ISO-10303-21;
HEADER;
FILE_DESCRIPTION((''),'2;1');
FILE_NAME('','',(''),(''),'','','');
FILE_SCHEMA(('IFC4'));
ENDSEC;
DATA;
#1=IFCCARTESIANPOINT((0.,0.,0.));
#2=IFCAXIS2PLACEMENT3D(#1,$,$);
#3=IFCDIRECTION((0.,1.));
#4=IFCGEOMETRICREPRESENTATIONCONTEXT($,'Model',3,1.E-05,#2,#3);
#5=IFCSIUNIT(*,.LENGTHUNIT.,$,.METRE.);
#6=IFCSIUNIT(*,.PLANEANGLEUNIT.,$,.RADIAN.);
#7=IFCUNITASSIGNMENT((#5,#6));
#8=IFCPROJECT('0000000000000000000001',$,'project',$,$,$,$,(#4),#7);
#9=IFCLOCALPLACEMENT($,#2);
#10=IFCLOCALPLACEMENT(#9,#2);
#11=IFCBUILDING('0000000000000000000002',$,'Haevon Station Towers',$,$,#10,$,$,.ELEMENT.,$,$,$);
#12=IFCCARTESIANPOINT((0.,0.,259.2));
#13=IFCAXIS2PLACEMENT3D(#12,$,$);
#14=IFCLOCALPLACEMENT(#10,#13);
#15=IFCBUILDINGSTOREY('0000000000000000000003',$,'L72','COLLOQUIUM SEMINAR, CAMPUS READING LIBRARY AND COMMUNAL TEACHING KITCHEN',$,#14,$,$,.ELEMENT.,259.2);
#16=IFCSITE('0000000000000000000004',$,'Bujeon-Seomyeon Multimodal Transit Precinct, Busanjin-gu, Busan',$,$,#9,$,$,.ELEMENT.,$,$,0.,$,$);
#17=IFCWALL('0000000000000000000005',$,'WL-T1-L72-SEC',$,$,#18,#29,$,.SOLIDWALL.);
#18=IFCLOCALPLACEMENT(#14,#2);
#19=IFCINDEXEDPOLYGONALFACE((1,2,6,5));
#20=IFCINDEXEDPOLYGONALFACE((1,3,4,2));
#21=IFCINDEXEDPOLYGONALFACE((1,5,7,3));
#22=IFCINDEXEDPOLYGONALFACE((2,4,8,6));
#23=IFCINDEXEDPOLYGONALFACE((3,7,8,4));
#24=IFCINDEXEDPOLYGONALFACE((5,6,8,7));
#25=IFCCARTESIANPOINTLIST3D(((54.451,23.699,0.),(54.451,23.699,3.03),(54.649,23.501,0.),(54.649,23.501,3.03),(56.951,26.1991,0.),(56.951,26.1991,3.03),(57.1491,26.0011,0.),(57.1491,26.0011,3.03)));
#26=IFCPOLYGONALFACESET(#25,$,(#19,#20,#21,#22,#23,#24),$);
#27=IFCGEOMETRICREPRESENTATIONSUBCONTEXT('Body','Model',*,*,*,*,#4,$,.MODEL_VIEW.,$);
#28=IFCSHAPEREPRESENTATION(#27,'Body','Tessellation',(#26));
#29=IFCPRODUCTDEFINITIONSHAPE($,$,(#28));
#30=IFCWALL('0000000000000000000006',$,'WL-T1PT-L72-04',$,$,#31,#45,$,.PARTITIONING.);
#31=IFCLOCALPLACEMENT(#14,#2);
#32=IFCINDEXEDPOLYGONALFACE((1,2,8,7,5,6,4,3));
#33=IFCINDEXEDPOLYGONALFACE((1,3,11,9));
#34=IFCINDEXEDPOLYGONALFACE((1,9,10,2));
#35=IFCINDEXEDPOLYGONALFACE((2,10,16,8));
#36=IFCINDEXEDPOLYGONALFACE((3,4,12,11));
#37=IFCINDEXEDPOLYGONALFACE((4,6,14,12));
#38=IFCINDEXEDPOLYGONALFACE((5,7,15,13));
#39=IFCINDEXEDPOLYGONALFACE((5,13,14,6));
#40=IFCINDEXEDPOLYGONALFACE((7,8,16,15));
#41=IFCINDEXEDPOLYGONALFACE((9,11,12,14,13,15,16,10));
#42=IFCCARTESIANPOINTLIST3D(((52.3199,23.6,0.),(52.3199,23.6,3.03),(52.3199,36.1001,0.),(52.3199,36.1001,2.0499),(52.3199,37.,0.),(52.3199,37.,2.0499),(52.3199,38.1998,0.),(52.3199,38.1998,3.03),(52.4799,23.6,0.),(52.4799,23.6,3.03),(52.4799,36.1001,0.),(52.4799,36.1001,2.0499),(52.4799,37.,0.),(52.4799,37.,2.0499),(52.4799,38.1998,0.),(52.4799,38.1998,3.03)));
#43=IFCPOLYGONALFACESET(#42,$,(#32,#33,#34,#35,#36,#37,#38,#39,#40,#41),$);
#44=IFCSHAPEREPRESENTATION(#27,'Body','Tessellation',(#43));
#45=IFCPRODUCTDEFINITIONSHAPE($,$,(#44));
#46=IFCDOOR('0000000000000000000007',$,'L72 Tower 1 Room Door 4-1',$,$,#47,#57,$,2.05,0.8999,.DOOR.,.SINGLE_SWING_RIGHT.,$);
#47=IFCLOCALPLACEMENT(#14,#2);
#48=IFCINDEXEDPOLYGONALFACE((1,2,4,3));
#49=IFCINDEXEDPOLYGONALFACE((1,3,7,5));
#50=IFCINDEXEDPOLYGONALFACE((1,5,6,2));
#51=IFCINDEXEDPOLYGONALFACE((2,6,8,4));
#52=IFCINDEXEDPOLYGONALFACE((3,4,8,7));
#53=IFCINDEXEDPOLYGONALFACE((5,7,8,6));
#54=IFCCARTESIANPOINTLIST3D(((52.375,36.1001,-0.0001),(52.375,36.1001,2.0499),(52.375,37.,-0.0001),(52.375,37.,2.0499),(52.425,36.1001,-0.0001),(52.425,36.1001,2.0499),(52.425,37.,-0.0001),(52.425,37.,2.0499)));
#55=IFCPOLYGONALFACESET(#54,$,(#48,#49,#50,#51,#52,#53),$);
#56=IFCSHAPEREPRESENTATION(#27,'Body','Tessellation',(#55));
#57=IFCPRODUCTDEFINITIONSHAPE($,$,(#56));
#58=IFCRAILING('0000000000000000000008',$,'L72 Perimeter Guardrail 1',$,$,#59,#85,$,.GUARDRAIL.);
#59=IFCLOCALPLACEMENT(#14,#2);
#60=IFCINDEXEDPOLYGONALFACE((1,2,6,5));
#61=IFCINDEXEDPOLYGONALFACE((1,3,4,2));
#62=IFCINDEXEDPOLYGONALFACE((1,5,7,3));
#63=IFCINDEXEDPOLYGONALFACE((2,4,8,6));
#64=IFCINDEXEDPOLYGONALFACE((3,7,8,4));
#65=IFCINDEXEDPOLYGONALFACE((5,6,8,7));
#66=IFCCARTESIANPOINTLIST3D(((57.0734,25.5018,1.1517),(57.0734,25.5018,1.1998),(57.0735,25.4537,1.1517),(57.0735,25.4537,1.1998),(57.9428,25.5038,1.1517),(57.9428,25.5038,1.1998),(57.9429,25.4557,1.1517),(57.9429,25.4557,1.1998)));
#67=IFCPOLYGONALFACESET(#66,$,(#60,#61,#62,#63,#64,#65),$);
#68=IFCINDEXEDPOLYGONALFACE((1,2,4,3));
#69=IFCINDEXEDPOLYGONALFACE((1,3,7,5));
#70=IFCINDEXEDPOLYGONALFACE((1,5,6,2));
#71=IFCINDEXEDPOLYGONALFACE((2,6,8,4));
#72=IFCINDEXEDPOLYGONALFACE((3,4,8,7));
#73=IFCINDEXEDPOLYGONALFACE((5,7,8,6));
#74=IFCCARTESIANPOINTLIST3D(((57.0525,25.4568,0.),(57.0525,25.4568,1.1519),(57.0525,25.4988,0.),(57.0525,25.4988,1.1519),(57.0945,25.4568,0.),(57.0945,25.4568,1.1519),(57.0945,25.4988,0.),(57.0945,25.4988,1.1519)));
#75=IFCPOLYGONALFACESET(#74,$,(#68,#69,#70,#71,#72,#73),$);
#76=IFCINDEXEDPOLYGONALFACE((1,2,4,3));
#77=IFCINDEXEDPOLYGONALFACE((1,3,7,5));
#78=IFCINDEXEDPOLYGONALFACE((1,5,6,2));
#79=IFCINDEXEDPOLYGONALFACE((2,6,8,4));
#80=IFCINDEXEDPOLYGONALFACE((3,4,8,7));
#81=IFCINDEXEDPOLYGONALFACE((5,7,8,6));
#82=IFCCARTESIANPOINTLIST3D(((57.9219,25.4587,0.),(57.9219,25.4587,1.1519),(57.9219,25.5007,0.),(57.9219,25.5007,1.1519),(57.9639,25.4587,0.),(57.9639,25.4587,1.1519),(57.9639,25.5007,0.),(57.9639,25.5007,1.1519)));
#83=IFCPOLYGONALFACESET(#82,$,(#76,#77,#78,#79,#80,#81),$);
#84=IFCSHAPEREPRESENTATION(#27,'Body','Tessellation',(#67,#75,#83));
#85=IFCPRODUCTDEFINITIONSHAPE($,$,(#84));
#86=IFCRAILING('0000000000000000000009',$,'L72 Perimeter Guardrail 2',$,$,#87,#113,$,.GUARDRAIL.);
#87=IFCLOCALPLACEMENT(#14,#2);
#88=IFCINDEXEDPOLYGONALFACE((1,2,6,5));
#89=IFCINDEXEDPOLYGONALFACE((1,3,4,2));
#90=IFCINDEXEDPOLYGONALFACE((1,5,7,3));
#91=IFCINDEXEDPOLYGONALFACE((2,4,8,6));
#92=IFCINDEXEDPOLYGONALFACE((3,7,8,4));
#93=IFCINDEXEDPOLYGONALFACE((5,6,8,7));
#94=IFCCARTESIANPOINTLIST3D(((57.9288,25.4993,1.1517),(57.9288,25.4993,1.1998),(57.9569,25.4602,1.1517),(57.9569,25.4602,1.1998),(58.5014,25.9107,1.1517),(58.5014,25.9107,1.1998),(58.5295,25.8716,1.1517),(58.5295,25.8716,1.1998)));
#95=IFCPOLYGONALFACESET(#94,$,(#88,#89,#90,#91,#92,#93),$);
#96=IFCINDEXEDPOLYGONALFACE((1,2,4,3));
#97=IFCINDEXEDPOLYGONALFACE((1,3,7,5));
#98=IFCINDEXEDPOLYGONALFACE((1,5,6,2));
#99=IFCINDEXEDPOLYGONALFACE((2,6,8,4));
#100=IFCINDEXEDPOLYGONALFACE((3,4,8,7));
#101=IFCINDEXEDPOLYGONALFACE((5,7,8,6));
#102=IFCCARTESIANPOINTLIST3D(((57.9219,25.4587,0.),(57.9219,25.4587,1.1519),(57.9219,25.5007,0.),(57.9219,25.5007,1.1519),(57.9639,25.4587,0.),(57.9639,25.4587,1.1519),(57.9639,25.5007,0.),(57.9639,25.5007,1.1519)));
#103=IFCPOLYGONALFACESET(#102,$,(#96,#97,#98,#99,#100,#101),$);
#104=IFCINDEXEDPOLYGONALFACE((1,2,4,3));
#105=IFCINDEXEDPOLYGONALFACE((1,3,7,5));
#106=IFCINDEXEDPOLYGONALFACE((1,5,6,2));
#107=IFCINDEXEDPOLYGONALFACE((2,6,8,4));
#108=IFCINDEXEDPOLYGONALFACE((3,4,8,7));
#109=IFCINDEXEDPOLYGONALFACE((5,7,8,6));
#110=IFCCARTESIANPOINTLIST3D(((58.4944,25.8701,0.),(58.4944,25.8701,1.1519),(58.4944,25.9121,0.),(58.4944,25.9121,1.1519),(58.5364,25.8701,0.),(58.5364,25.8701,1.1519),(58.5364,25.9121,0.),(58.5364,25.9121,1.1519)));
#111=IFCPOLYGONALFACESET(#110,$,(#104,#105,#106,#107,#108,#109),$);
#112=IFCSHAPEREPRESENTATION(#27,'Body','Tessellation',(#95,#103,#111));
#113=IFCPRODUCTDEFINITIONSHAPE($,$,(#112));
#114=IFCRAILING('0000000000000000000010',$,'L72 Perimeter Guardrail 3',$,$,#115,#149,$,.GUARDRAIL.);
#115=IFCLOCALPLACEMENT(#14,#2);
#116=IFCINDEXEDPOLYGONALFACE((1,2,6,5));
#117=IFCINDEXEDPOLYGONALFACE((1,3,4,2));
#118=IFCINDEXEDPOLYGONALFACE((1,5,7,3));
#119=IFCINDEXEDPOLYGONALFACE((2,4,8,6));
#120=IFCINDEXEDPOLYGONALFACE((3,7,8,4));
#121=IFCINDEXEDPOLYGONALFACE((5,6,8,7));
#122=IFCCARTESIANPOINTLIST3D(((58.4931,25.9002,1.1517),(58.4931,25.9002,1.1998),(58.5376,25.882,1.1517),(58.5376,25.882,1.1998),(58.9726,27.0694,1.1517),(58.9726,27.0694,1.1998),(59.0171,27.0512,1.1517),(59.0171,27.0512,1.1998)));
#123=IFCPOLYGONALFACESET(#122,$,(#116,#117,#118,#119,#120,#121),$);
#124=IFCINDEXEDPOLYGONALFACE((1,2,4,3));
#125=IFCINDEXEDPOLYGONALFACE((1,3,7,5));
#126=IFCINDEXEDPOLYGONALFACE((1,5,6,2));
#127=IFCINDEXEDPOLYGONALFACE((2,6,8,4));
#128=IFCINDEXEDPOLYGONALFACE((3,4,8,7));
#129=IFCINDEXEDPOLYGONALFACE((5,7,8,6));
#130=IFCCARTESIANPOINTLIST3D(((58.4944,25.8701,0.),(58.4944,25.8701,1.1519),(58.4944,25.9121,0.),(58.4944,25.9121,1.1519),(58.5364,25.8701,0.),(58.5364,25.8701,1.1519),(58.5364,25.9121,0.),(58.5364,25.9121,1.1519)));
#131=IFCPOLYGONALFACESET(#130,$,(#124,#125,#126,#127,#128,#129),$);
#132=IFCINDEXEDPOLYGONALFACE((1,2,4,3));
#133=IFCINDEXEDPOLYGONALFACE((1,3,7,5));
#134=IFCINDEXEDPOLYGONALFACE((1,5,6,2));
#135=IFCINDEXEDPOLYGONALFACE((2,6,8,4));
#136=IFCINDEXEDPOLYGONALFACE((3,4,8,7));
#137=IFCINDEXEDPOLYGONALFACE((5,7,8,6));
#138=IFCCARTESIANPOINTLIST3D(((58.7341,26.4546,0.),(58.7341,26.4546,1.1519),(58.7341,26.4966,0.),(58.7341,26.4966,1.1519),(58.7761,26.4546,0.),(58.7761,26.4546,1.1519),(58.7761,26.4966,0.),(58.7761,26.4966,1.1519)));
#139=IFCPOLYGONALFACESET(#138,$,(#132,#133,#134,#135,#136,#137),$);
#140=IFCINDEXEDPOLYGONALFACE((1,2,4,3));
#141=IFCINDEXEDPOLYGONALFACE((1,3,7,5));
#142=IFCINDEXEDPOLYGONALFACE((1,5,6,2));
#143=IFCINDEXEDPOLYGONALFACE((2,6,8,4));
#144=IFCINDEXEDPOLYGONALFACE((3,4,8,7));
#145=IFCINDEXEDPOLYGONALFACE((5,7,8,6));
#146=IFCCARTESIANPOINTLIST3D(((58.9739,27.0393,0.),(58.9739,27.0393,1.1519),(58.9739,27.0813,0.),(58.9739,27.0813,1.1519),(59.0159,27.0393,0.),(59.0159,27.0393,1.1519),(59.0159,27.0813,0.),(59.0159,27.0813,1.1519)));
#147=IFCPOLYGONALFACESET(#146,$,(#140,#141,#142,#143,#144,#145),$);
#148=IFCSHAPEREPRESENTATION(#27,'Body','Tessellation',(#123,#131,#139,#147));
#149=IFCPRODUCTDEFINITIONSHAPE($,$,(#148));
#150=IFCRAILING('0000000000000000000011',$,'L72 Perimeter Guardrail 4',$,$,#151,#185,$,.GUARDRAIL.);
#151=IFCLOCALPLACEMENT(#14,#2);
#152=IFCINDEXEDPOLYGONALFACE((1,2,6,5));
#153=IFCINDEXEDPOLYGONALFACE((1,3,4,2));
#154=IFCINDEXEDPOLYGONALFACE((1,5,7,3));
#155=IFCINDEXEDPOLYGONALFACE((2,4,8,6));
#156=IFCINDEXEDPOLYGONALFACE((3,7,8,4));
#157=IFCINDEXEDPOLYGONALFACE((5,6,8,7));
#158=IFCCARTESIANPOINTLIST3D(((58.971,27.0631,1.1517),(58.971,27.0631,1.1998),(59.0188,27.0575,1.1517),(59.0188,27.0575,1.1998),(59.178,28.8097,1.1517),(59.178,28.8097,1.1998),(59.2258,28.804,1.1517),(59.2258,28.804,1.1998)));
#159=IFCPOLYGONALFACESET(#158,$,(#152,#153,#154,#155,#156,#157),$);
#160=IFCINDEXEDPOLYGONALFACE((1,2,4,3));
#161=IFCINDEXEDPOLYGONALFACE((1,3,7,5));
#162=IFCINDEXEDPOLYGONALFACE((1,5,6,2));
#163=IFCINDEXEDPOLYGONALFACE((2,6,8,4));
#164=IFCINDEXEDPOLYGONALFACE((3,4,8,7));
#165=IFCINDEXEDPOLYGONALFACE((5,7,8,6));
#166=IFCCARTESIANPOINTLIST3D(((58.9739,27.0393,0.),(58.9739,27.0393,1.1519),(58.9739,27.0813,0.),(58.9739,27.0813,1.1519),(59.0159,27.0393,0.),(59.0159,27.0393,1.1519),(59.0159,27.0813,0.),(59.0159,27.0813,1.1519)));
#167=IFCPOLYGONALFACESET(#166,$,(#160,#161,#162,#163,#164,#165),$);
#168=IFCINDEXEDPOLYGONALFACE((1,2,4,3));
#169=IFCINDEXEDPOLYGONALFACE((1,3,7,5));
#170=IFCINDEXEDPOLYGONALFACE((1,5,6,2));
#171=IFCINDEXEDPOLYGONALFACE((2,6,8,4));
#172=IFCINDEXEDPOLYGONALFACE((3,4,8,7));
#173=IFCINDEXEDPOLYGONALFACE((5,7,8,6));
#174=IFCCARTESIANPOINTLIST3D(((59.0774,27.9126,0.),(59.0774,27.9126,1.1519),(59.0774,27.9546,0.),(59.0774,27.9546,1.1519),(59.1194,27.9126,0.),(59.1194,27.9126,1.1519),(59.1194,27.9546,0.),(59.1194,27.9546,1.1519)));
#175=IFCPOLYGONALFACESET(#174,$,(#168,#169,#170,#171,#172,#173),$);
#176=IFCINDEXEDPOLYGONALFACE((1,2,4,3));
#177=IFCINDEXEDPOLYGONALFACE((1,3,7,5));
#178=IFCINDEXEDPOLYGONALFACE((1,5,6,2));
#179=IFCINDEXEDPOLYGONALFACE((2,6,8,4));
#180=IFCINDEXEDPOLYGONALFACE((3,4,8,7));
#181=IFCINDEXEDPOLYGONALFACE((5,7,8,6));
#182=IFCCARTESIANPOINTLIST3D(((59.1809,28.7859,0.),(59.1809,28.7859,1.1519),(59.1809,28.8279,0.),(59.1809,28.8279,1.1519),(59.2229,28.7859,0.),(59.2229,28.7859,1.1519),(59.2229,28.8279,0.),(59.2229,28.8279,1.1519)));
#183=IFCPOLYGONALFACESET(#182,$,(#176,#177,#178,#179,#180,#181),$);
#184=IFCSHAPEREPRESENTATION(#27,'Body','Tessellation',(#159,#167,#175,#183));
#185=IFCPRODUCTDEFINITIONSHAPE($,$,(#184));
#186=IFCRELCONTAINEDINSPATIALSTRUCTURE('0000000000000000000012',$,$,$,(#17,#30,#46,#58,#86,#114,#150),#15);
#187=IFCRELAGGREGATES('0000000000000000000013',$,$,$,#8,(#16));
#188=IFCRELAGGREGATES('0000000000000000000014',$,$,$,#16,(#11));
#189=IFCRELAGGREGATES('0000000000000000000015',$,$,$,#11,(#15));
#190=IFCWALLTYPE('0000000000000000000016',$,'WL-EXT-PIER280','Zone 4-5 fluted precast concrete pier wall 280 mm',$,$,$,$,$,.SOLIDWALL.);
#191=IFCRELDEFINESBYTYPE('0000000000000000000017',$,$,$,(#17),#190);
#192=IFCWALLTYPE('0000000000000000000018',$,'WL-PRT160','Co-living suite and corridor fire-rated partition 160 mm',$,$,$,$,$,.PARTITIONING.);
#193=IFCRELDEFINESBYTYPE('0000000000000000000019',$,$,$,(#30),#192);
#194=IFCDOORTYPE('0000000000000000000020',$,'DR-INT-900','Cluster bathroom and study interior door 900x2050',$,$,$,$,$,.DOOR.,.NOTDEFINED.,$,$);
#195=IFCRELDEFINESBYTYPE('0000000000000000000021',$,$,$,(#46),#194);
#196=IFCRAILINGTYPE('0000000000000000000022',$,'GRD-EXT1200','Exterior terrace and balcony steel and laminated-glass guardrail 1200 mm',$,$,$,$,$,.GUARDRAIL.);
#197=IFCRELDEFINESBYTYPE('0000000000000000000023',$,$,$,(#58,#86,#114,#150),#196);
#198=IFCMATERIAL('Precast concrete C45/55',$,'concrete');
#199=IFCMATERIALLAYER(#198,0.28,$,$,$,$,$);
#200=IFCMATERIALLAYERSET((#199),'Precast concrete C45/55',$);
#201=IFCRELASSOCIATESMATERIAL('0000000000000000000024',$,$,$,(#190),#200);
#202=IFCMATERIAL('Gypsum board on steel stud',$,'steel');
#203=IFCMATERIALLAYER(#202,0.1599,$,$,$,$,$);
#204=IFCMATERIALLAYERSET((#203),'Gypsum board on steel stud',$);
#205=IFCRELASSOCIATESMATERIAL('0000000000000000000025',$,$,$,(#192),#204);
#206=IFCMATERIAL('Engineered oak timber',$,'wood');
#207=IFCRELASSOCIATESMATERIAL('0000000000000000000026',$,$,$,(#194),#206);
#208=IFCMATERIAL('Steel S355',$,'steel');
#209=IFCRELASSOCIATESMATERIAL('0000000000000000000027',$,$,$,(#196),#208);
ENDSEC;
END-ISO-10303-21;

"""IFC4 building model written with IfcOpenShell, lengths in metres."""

from ifc_helpers import new_model, si_unit, direction, frame, frame_2d, origin, origin_2d, place, context, subcontext, project, spatial, rectangle, extrude, material, layer, layer_set, type_object, element, fill, save


model = new_model("IFC4")

# Units and contexts
model_context = context("Model", 3, precision=1e-05, world=origin(), true_north=direction((0.0, 1.0)))
body_context = subcontext(model_context, "Body", "Model", "MODEL_VIEW")
ifc_project = project(units=[si_unit("LENGTHUNIT", "METRE"), si_unit("PLANEANGLEUNIT", "RADIAN")], contexts=[model_context])

# Site, building, storey
site_placement = place(None, origin())
site = spatial("IfcSite", under=ifc_project, at=site_placement, Name="Bujeon-Seomyeon Multimodal Transit Precinct, Busanjin-gu, Busan", CompositionType="ELEMENT", RefElevation=0.0)
building_placement = place(site_placement, origin())
building = spatial("IfcBuilding", under=site, at=building_placement, Name="Haevon Station Towers", CompositionType="ELEMENT")
storey_placement = place(building_placement, frame((0.0, 0.0, 259.2)))
storey = spatial("IfcBuildingStorey", under=building, at=storey_placement, Name="L72", Description="COLLOQUIUM SEMINAR, CAMPUS READING LIBRARY AND COMMUNAL TEACHING KITCHEN", CompositionType="ELEMENT", Elevation=259.2)

# Shared definitions
ifc_material_1 = material(Name="Steel S355", Category="steel")

# Shared definitions
ifc_material_2 = material(Name="Precast concrete C45/55", Category="concrete")
ifc_layer_1 = layer(ifc_material_2, 0.28)
ifc_layer_set_1 = layer_set([ifc_layer_1], Name="Precast concrete C45/55")
wall_type_1 = type_object("IfcWallType", Name="WL-EXT-PIER280", Description="Zone 4-5 fluted precast concrete pier wall 280 mm", PredefinedType="SOLIDWALL", material=ifc_layer_set_1)

# Wall
wall_1_placement = place(storey_placement, frame((57.05, 26.1001, 0.0), z_axis=(0.0, 0.0, 1.0), x_axis=(-0.707107, -0.707107, 0.0)))
element("IfcWall", 1, at=wall_1_placement, inside=storey, type_object=wall_type_1, Name="WL-T1-L72-SEC", PredefinedType="SOLIDWALL", context=body_context, shape_type="SweptSolid", body=[
    extrude(rectangle(XDim=3.5356, YDim=0.28, at=frame_2d((1.7678, 0.0))), origin(), (0.0, 0.0, 1.0), 3.03),
])

# Wall, opening, door
ifc_material_3 = material(Name="Gypsum board on steel stud", Category="steel")
ifc_layer_2 = layer(ifc_material_3, 0.1599)
ifc_layer_set_2 = layer_set([ifc_layer_2], Name="Gypsum board on steel stud")
wall_type_2 = type_object("IfcWallType", Name="WL-PRT160", Description="Co-living suite and corridor fire-rated partition 160 mm", PredefinedType="PARTITIONING", material=ifc_layer_set_2)
wall_2_placement = place(storey_placement, frame((52.3999, 23.6001, 0.0), z_axis=(0.0, 0.0, 1.0), x_axis=(0.0, 1.0, 0.0)))
wall_2 = element("IfcWall", 2, at=wall_2_placement, inside=storey, type_object=wall_type_2, Name="WL-T1PT-L72-04", PredefinedType="PARTITIONING", context=body_context, shape_type="SweptSolid", body=[
    extrude(rectangle(XDim=14.5999, YDim=0.1599, at=frame_2d((7.2998, 0.0))), origin(), (0.0, 0.0, 1.0), 3.03),
])
opening_1_placement = place(wall_2_placement, frame((12.5, 0.0, 0.0)))
opening_1 = element("IfcOpeningElement", 3, at=opening_1_placement, cuts=wall_2, PredefinedType="OPENING", context=body_context, shape_type="SweptSolid", body=[
    extrude(rectangle(XDim=0.8999, YDim=2.05, at=frame_2d((0.45, 1.0249))), frame((0.0, 0.0898, 0.0), z_axis=(0.0, -1.0, 0.0), x_axis=(1.0, 0.0, 0.0)), (0.0, 0.0, 1.0), 0.1799),
])
ifc_material_4 = material(Name="Engineered oak timber", Category="wood")
door_type_1 = type_object("IfcDoorType", Name="DR-INT-900", Description="Cluster bathroom and study interior door 900x2050", OperationType="NOTDEFINED", PredefinedType="DOOR", material=ifc_material_4)
door_1_placement = place(opening_1_placement, origin())
door_1 = element("IfcDoor", 4, at=door_1_placement, inside=storey, type_object=door_type_1, Name="L72 Tower 1 Room Door 4-1", OperationType="SINGLE_SWING_RIGHT", OverallHeight=2.05, OverallWidth=0.8999, PredefinedType="DOOR", context=body_context, shape_type="SweptSolid", body=[
    extrude(rectangle(XDim=0.8999, YDim=2.05, at=frame_2d((0.45, 1.0249))), frame((0.0, 0.0249, 0.0), z_axis=(0.0, -1.0, 0.0), x_axis=(1.0, 0.0, 0.0)), (0.0, 0.0, 1.0), 0.05),
])
fill(opening_1, door_1)

# Railings
railing_type = type_object("IfcRailingType", Name="GRD-EXT1200", Description="Exterior terrace and balcony steel and laminated-glass guardrail 1200 mm", PredefinedType="GUARDRAIL", material=ifc_material_1)
railing_1_placement = place(storey_placement, frame((57.0735, 25.4778, 0.0)))
element("IfcRailing", 5, at=railing_1_placement, inside=storey, type_object=railing_type, Name="L72 Perimeter Guardrail 1", PredefinedType="GUARDRAIL", context=body_context, shape_type="SweptSolid", body=[
    extrude(rectangle(XDim=0.0481, YDim=0.0481, at=origin_2d()), frame((0.0, 0.0, 1.1758), z_axis=(0.999997, 0.002247, 0.0), x_axis=(-0.002247, 0.999997, 0.0)), (0.0, 0.0, 1.0), 0.8694),
    extrude(rectangle(XDim=0.042, YDim=0.042, at=origin_2d()), origin(), (0.0, 0.0, 1.0), 1.1519),
    extrude(rectangle(XDim=0.042, YDim=0.042, at=origin_2d()), frame((0.8694, 0.002, 0.0)), (0.0, 0.0, 1.0), 1.1519),
])
railing_2_placement = place(storey_placement, frame((57.9429, 25.4797, 0.0)))
element("IfcRailing", 6, at=railing_2_placement, inside=storey, type_object=railing_type, Name="L72 Perimeter Guardrail 2", PredefinedType="GUARDRAIL", context=body_context, shape_type="SweptSolid", body=[
    extrude(rectangle(XDim=0.0481, YDim=0.0481, at=origin_2d()), frame((0.0, 0.0, 1.1758), z_axis=(0.812092, 0.583529, 0.0), x_axis=(-0.583529, 0.812092, 0.0)), (0.0, 0.0, 1.0), 0.7051),
    extrude(rectangle(XDim=0.042, YDim=0.042, at=origin_2d()), origin(), (0.0, 0.0, 1.0), 1.1519),
    extrude(rectangle(XDim=0.042, YDim=0.042, at=origin_2d()), frame((0.5725, 0.4114, 0.0)), (0.0, 0.0, 1.0), 1.1519),
])
railing_3_placement = place(storey_placement, frame((58.5154, 25.8911, 0.0)))
element("IfcRailing", 7, at=railing_3_placement, inside=storey, type_object=railing_type, Name="L72 Perimeter Guardrail 3", PredefinedType="GUARDRAIL", context=body_context, shape_type="SweptSolid", body=[
    extrude(rectangle(XDim=0.0481, YDim=0.0481, at=origin_2d()), frame((0.0, 0.0, 1.1758), z_axis=(0.379438, 0.925217, 0.0), x_axis=(-0.925217, 0.379438, 0.0)), (0.0, 0.0, 1.0), 1.2637),
    extrude(rectangle(XDim=0.042, YDim=0.042, at=origin_2d()), origin(), (0.0, 0.0, 1.0), 1.1519),
    extrude(rectangle(XDim=0.042, YDim=0.042, at=origin_2d()), frame((0.2397, 0.5845, 0.0)), (0.0, 0.0, 1.0), 1.1519),
    extrude(rectangle(XDim=0.042, YDim=0.042, at=origin_2d()), frame((0.4795, 1.1692, 0.0)), (0.0, 0.0, 1.0), 1.1519),
])
railing_4_placement = place(storey_placement, frame((58.9949, 27.0603, 0.0)))
element("IfcRailing", 8, at=railing_4_placement, inside=storey, type_object=railing_type, Name="L72 Perimeter Guardrail 4", PredefinedType="GUARDRAIL", context=body_context, shape_type="SweptSolid", body=[
    extrude(rectangle(XDim=0.0481, YDim=0.0481, at=origin_2d()), frame((0.0, 0.0, 1.1758), z_axis=(0.117711, 0.993048, 0.0), x_axis=(-0.993048, 0.117711, 0.0)), (0.0, 0.0, 1.0), 1.7588),
    extrude(rectangle(XDim=0.042, YDim=0.042, at=origin_2d()), origin(), (0.0, 0.0, 1.0), 1.1519),
    extrude(rectangle(XDim=0.042, YDim=0.042, at=origin_2d()), frame((0.1035, 0.8733, 0.0)), (0.0, 0.0, 1.0), 1.1519),
    extrude(rectangle(XDim=0.042, YDim=0.042, at=origin_2d()), frame((0.207, 1.7466, 0.0)), (0.0, 0.0, 1.0), 1.1519),
])

save(model, "model.ifc")
